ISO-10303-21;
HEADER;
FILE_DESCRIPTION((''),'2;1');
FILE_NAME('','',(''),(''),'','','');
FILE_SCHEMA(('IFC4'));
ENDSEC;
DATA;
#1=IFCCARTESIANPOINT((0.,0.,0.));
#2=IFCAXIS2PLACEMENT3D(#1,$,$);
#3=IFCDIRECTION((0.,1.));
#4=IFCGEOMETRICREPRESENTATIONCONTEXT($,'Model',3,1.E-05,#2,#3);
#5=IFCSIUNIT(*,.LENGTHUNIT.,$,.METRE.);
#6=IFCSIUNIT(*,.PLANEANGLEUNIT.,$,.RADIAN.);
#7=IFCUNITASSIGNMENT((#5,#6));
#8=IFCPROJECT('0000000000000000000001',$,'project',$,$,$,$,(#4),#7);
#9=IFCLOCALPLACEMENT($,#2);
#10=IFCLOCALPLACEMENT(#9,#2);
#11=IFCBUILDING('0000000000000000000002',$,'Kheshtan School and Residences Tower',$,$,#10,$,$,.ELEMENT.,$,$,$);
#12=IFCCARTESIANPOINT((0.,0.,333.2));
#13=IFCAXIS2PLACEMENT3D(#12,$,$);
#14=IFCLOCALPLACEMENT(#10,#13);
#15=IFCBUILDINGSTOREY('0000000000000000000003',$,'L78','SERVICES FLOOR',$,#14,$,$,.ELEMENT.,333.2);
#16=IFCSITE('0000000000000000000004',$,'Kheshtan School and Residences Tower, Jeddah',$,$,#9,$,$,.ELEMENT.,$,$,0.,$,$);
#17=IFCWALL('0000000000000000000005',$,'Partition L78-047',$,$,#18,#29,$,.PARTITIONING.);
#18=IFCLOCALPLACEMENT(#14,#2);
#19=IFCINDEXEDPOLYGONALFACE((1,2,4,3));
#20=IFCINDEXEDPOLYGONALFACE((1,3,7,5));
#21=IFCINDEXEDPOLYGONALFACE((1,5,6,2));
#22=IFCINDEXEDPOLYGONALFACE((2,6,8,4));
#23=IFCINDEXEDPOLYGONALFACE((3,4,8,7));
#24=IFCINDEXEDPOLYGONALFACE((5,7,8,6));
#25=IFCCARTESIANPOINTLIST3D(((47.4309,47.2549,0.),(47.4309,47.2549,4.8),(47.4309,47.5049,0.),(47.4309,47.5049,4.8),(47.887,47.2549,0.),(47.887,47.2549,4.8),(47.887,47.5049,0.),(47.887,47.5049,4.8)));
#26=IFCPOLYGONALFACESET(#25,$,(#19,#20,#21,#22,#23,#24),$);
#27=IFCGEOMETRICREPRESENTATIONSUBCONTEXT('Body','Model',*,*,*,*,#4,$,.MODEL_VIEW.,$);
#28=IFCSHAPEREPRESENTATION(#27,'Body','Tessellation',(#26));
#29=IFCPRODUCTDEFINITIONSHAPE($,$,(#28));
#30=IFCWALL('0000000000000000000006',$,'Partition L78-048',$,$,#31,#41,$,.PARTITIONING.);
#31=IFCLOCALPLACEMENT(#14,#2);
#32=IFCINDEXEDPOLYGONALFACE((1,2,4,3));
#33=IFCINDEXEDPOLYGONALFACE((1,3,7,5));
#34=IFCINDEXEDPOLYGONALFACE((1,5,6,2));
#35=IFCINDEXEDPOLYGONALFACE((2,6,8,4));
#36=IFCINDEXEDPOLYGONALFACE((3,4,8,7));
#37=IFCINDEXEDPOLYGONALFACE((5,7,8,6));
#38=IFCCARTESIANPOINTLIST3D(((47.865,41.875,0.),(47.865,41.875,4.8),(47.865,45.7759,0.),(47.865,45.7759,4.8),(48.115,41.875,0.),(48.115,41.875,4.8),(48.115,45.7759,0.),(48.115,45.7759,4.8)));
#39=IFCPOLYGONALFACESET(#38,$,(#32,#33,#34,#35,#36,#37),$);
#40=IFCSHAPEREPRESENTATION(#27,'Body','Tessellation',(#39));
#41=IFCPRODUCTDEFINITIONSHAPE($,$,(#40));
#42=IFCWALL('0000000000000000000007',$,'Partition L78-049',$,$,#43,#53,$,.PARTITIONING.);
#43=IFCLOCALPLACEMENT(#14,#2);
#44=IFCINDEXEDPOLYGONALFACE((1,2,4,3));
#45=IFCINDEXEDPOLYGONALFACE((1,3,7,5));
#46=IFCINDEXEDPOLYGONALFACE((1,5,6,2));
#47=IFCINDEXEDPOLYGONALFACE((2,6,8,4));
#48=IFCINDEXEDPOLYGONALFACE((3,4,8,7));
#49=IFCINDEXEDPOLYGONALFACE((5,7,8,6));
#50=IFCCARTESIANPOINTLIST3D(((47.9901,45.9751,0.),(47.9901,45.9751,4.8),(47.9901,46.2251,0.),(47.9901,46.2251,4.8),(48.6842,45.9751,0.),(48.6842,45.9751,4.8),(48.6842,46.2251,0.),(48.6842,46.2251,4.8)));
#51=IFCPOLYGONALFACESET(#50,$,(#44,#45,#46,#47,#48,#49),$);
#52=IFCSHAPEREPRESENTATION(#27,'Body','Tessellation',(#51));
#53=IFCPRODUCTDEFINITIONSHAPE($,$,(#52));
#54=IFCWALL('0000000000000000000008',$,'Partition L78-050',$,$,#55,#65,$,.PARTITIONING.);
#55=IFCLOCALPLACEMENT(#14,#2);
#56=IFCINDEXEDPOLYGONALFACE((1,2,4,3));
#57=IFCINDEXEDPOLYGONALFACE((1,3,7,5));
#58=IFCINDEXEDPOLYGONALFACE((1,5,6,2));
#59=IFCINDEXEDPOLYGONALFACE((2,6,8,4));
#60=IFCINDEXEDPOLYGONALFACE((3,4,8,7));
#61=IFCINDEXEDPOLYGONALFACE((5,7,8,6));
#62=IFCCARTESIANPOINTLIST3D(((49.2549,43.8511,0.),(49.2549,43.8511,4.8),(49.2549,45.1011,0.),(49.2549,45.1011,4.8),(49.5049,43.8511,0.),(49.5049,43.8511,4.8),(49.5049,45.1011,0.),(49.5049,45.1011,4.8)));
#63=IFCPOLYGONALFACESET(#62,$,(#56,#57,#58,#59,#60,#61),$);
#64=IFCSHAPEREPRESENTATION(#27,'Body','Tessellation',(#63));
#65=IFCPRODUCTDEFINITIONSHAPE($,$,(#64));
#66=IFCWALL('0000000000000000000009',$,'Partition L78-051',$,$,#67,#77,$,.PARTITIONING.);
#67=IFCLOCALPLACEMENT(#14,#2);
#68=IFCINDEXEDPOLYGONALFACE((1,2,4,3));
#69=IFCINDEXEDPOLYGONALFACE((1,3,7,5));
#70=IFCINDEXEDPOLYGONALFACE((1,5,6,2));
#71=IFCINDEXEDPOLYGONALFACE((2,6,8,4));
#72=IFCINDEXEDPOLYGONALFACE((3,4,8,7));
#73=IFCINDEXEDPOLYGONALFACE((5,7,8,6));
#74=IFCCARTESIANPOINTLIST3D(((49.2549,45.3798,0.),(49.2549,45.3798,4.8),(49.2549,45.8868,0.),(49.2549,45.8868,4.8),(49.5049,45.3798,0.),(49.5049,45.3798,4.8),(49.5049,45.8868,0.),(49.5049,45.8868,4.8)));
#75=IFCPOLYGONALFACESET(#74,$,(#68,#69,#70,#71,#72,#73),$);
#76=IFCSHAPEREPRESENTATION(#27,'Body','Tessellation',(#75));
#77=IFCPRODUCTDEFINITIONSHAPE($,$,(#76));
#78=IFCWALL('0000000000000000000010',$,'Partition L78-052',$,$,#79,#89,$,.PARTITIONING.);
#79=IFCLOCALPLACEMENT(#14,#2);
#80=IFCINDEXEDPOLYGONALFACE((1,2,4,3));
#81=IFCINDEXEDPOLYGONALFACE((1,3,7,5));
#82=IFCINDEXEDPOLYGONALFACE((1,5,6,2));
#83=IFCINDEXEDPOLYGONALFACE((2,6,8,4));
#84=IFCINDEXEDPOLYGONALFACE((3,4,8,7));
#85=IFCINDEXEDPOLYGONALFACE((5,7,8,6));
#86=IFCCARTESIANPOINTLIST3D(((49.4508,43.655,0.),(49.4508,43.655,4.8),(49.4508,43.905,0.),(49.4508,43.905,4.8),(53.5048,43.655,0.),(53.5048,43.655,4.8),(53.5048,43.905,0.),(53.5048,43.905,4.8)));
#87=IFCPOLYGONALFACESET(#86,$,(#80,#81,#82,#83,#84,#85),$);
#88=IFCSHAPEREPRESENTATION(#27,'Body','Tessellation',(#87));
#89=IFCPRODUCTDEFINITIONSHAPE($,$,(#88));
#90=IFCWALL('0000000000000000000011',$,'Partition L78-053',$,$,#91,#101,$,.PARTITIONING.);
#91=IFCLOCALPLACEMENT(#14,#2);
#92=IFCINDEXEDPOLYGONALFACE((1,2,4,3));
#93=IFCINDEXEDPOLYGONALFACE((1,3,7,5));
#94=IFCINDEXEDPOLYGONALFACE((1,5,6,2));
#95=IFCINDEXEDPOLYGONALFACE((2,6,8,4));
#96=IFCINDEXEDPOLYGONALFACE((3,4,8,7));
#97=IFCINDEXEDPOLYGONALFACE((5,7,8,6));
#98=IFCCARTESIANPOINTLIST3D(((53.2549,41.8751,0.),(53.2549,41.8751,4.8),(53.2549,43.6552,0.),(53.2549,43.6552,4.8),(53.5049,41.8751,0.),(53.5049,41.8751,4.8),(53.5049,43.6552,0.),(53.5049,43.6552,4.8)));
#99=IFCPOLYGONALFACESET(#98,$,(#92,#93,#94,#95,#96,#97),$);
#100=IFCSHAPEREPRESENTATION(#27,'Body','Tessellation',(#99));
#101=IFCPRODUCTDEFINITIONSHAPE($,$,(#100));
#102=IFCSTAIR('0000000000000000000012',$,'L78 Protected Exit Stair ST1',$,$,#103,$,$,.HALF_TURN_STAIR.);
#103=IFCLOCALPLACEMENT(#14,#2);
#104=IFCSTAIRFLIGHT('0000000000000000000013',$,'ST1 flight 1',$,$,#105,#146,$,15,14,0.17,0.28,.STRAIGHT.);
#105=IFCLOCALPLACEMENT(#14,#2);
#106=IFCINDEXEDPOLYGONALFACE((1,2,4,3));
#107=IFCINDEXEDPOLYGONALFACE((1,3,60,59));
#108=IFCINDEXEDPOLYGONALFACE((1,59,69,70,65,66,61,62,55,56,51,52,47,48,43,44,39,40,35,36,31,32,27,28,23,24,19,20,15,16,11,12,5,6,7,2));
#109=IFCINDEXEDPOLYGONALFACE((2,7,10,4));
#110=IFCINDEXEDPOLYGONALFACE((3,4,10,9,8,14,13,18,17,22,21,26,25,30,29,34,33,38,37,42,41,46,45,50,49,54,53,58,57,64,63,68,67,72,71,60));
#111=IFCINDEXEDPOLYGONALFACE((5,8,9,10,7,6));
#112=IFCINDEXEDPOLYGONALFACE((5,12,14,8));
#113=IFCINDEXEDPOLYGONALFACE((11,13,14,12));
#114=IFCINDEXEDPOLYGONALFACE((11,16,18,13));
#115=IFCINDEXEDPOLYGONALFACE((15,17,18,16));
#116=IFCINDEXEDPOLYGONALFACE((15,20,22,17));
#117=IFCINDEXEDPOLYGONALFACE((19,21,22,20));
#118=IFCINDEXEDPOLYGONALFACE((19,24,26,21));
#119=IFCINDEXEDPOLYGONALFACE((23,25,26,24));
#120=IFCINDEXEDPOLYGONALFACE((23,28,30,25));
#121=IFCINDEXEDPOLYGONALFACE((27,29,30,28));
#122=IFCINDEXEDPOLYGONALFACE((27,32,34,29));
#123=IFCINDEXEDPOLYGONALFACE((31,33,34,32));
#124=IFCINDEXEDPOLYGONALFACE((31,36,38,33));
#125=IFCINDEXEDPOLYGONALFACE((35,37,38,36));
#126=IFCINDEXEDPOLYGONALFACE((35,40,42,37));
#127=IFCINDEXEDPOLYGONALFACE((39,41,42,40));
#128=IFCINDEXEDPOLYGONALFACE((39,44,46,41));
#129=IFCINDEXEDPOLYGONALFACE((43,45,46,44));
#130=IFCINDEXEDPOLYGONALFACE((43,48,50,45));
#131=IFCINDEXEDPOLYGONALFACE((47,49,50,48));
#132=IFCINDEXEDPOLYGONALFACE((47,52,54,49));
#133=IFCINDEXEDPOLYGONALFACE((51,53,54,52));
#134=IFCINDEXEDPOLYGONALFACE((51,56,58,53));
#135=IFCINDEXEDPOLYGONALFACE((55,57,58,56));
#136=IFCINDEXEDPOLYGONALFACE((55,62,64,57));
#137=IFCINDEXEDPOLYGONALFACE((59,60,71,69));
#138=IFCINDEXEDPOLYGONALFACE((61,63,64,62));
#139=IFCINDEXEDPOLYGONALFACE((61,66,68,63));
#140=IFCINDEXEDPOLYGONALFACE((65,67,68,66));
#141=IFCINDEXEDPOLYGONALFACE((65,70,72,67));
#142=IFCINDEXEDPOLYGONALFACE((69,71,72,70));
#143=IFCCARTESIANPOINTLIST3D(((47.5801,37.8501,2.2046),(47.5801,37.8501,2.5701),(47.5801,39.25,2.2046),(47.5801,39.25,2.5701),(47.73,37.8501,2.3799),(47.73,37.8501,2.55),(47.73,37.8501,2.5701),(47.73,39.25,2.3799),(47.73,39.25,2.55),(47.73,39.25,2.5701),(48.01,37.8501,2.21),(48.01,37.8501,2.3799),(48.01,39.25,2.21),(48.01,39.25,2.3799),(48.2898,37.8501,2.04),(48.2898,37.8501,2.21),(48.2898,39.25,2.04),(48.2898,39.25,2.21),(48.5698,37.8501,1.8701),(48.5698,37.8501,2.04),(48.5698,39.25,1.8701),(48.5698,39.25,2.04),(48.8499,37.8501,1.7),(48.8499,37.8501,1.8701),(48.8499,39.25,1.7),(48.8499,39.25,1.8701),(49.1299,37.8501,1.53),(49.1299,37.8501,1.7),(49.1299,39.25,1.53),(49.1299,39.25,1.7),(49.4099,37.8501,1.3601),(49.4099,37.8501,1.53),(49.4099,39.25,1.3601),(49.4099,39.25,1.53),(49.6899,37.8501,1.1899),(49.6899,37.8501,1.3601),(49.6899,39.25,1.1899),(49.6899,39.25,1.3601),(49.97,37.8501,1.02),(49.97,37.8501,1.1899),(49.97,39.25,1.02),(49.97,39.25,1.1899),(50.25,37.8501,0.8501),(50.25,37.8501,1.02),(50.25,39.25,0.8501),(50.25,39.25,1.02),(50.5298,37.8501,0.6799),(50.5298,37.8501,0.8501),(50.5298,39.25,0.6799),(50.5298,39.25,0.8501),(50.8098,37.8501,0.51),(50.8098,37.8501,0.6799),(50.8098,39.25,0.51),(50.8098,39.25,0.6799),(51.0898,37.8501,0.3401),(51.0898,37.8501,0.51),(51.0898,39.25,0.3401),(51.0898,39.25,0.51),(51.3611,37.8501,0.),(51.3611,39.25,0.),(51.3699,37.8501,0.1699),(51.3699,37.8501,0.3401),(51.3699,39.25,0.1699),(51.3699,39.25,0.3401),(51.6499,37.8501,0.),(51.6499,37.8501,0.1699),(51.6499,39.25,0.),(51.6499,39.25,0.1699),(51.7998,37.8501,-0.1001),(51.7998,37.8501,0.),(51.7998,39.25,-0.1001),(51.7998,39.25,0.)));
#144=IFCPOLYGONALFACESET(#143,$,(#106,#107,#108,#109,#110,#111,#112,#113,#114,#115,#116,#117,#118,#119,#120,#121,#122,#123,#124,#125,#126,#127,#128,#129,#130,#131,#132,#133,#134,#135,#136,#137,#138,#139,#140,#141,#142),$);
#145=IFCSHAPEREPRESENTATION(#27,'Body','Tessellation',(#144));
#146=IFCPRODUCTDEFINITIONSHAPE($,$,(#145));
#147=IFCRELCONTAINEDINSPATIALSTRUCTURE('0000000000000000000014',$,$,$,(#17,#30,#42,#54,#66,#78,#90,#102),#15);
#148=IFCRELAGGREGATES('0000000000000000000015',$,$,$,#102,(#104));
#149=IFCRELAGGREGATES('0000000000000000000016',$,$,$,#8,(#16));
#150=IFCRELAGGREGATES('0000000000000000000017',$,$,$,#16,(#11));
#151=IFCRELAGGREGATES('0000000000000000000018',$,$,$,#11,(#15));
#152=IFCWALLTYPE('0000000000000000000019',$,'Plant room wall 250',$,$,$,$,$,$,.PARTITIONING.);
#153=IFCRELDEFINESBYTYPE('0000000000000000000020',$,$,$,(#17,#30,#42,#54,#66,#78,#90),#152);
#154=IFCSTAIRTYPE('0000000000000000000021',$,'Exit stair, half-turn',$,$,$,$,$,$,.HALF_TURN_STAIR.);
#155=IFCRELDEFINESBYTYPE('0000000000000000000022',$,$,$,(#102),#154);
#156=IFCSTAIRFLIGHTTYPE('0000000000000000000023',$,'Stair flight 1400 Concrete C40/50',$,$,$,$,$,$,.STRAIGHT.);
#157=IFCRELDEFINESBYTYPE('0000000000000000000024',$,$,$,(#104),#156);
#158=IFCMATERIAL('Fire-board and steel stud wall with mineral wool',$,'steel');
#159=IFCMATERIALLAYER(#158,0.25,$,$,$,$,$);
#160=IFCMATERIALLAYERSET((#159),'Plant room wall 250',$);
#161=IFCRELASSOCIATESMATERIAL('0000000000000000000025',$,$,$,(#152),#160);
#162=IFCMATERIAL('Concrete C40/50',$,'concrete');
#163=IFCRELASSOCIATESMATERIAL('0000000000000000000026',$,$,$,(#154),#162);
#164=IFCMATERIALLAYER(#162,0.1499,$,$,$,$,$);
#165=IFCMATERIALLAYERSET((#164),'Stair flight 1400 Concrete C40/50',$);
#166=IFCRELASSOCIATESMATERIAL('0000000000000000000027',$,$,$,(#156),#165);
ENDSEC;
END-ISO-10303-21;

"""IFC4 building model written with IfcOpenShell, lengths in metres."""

from ifc_helpers import new_model, si_unit, direction, frame, frame_2d, origin, place, context, subcontext, project, spatial, polyline, rectangle, outline, extrude, material, layer, layer_set, type_object, element, aggregate, save


model = new_model("IFC4")

# Units and contexts
model_context = context("Model", 3, precision=1e-05, world=origin(), true_north=direction((0.0, 1.0)))
body_context = subcontext(model_context, "Body", "Model", "MODEL_VIEW")
ifc_project = project(units=[si_unit("LENGTHUNIT", "METRE"), si_unit("PLANEANGLEUNIT", "RADIAN")], contexts=[model_context])

# Site, building, storey
site_placement = place(None, origin())
site = spatial("IfcSite", under=ifc_project, at=site_placement, Name="Kheshtan School and Residences Tower, Jeddah", CompositionType="ELEMENT", RefElevation=0.0)
building_placement = place(site_placement, origin())
building = spatial("IfcBuilding", under=site, at=building_placement, Name="Kheshtan School and Residences Tower", CompositionType="ELEMENT")
storey_placement = place(building_placement, frame((0.0, 0.0, 333.2)))
storey = spatial("IfcBuildingStorey", under=building, at=storey_placement, Name="L78", Description="SERVICES FLOOR", CompositionType="ELEMENT", Elevation=333.2)

# Walls
ifc_material_1 = material(Name="Fire-board and steel stud wall with mineral wool", Category="steel")
ifc_layer_1 = layer(ifc_material_1, 0.25)
ifc_layer_set_1 = layer_set([ifc_layer_1], Name="Plant room wall 250")
wall_type_1 = type_object("IfcWallType", Name="Plant room wall 250", PredefinedType="PARTITIONING", material=ifc_layer_set_1)
wall_1_placement = place(storey_placement, frame((47.4309, 47.3799, 0.0), z_axis=(0.0, 0.0, 1.0), x_axis=(1.0, 0.0, 0.0)))
element("IfcWall", 1, at=wall_1_placement, inside=storey, type_object=wall_type_1, Name="Partition L78-047", PredefinedType="PARTITIONING", context=body_context, shape_type="SweptSolid", body=[
    extrude(rectangle(XDim=0.4561, YDim=0.25, at=frame_2d((0.228, 0.0))), origin(), (0.0, 0.0, 1.0), 4.8),
])
wall_2_placement = place(storey_placement, frame((47.99, 41.875, 0.0), z_axis=(0.0, 0.0, 1.0), x_axis=(0.0, 1.0, 0.0)))
element("IfcWall", 2, at=wall_2_placement, inside=storey, type_object=wall_type_1, Name="Partition L78-048", PredefinedType="PARTITIONING", context=body_context, shape_type="SweptSolid", body=[
    extrude(rectangle(XDim=3.9009, YDim=0.25, at=frame_2d((1.9504, 0.0))), origin(), (0.0, 0.0, 1.0), 4.8),
])
wall_3_placement = place(storey_placement, frame((47.99, 46.1001, 0.0), z_axis=(0.0, 0.0, 1.0), x_axis=(1.0, 0.0, 0.0)))
element("IfcWall", 3, at=wall_3_placement, inside=storey, type_object=wall_type_1, Name="Partition L78-049", PredefinedType="PARTITIONING", context=body_context, shape_type="SweptSolid", body=[
    extrude(rectangle(XDim=0.6941, YDim=0.25, at=frame_2d((0.3472, 0.0))), origin(), (0.0, 0.0, 1.0), 4.8),
])
wall_4_placement = place(storey_placement, frame((49.3799, 43.8511, 0.0), z_axis=(0.0, 0.0, 1.0), x_axis=(0.0, 1.0, 0.0)))
element("IfcWall", 4, at=wall_4_placement, inside=storey, type_object=wall_type_1, Name="Partition L78-050", PredefinedType="PARTITIONING", context=body_context, shape_type="SweptSolid", body=[
    extrude(rectangle(XDim=1.25, YDim=0.25, at=frame_2d((0.625, 0.0))), origin(), (0.0, 0.0, 1.0), 4.8),
])
wall_5_placement = place(storey_placement, frame((49.3799, 45.3799, 0.0), z_axis=(0.0, 0.0, 1.0), x_axis=(0.0, 1.0, 0.0)))
element("IfcWall", 5, at=wall_5_placement, inside=storey, type_object=wall_type_1, Name="Partition L78-051", PredefinedType="PARTITIONING", context=body_context, shape_type="SweptSolid", body=[
    extrude(rectangle(XDim=0.5071, YDim=0.25, at=frame_2d((0.2534, 0.0))), origin(), (0.0, 0.0, 1.0), 4.8),
])
wall_6_placement = place(storey_placement, frame((49.4509, 43.78, 0.0), z_axis=(0.0, 0.0, 1.0), x_axis=(1.0, 0.0, 0.0)))
element("IfcWall", 6, at=wall_6_placement, inside=storey, type_object=wall_type_1, Name="Partition L78-052", PredefinedType="PARTITIONING", context=body_context, shape_type="SweptSolid", body=[
    extrude(rectangle(XDim=4.054, YDim=0.25, at=frame_2d((2.0269, 0.0))), origin(), (0.0, 0.0, 1.0), 4.8),
])
wall_7_placement = place(storey_placement, frame((53.3799, 41.875, 0.0), z_axis=(0.0, 0.0, 1.0), x_axis=(0.0, 1.0, 0.0)))
element("IfcWall", 7, at=wall_7_placement, inside=storey, type_object=wall_type_1, Name="Partition L78-053", PredefinedType="PARTITIONING", context=body_context, shape_type="SweptSolid", body=[
    extrude(rectangle(XDim=1.78, YDim=0.25, at=frame_2d((0.8901, 0.0))), origin(), (0.0, 0.0, 1.0), 4.8),
])

# Stair, stair flight
ifc_material_2 = material(Name="Concrete C40/50", Category="concrete")
stair_type = type_object("IfcStairType", Name="Exit stair, half-turn", PredefinedType="HALF_TURN_STAIR", material=ifc_material_2)
stair_placement = place(storey_placement, origin())
stair = element("IfcStair", 8, at=stair_placement, inside=storey, type_object=stair_type, Name="L78 Protected Exit Stair ST1", PredefinedType="HALF_TURN_STAIR")
ifc_layer_2 = layer(ifc_material_2, 0.1499)
ifc_layer_set_2 = layer_set([ifc_layer_2], Name="Stair flight 1400 Concrete C40/50")
stair_flight_type = type_object("IfcStairFlightType", Name="Stair flight 1400 Concrete C40/50", PredefinedType="STRAIGHT", material=ifc_layer_set_2)
stair_flight_placement = place(storey_placement, frame((51.6499, 38.55, 0.0), z_axis=(0.0, 0.0, 1.0), x_axis=(-1.0, 0.0, 0.0)))
stair_flight = element("IfcStairFlight", 9, at=stair_flight_placement, type_object=stair_flight_type, Name="ST1 flight 1", NumberOfRisers=15, NumberOfTreads=14, PredefinedType="STRAIGHT", RiserHeight=0.17, TreadLength=0.28, context=body_context, shape_type="SweptSolid", body=[
    extrude(outline(polyline([(-0.1499, -0.1001), (-0.1499, 0.0), (0.0, 0.0), (0.0, 0.1699), (0.28, 0.1699), (0.28, 0.3401), (0.5601, 0.3401), (0.5601, 0.51), (0.8401, 0.51), (0.8401, 0.6799), (1.1201, 0.6799), (1.1201, 0.8501), (1.3999, 0.8501), (1.3999, 1.02), (1.6799, 1.02), (1.6799, 1.1899), (1.96, 1.1899), (1.96, 1.3601), (2.24, 1.3601), (2.24, 1.53), (2.52, 1.53), (2.52, 1.7), (2.8, 1.7), (2.8, 1.8701), (3.0801, 1.8701), (3.0801, 2.04), (3.3601, 2.04), (3.3601, 2.21), (3.6399, 2.21), (3.6399, 2.3799), (3.9199, 2.3799), (3.9199, 2.55), (3.9199, 2.5701), (4.0698, 2.5701), (4.0698, 2.2046), (0.2888, 0.0), (-0.1499, -0.1001)])), frame((0.0, 0.7, 0.0), z_axis=(0.0, -1.0, 0.0), x_axis=(1.0, 0.0, 0.0)), (0.0, 0.0, 1.0), 1.3999),
])
aggregate(stair, [stair_flight])

save(model, "model.ifc")
